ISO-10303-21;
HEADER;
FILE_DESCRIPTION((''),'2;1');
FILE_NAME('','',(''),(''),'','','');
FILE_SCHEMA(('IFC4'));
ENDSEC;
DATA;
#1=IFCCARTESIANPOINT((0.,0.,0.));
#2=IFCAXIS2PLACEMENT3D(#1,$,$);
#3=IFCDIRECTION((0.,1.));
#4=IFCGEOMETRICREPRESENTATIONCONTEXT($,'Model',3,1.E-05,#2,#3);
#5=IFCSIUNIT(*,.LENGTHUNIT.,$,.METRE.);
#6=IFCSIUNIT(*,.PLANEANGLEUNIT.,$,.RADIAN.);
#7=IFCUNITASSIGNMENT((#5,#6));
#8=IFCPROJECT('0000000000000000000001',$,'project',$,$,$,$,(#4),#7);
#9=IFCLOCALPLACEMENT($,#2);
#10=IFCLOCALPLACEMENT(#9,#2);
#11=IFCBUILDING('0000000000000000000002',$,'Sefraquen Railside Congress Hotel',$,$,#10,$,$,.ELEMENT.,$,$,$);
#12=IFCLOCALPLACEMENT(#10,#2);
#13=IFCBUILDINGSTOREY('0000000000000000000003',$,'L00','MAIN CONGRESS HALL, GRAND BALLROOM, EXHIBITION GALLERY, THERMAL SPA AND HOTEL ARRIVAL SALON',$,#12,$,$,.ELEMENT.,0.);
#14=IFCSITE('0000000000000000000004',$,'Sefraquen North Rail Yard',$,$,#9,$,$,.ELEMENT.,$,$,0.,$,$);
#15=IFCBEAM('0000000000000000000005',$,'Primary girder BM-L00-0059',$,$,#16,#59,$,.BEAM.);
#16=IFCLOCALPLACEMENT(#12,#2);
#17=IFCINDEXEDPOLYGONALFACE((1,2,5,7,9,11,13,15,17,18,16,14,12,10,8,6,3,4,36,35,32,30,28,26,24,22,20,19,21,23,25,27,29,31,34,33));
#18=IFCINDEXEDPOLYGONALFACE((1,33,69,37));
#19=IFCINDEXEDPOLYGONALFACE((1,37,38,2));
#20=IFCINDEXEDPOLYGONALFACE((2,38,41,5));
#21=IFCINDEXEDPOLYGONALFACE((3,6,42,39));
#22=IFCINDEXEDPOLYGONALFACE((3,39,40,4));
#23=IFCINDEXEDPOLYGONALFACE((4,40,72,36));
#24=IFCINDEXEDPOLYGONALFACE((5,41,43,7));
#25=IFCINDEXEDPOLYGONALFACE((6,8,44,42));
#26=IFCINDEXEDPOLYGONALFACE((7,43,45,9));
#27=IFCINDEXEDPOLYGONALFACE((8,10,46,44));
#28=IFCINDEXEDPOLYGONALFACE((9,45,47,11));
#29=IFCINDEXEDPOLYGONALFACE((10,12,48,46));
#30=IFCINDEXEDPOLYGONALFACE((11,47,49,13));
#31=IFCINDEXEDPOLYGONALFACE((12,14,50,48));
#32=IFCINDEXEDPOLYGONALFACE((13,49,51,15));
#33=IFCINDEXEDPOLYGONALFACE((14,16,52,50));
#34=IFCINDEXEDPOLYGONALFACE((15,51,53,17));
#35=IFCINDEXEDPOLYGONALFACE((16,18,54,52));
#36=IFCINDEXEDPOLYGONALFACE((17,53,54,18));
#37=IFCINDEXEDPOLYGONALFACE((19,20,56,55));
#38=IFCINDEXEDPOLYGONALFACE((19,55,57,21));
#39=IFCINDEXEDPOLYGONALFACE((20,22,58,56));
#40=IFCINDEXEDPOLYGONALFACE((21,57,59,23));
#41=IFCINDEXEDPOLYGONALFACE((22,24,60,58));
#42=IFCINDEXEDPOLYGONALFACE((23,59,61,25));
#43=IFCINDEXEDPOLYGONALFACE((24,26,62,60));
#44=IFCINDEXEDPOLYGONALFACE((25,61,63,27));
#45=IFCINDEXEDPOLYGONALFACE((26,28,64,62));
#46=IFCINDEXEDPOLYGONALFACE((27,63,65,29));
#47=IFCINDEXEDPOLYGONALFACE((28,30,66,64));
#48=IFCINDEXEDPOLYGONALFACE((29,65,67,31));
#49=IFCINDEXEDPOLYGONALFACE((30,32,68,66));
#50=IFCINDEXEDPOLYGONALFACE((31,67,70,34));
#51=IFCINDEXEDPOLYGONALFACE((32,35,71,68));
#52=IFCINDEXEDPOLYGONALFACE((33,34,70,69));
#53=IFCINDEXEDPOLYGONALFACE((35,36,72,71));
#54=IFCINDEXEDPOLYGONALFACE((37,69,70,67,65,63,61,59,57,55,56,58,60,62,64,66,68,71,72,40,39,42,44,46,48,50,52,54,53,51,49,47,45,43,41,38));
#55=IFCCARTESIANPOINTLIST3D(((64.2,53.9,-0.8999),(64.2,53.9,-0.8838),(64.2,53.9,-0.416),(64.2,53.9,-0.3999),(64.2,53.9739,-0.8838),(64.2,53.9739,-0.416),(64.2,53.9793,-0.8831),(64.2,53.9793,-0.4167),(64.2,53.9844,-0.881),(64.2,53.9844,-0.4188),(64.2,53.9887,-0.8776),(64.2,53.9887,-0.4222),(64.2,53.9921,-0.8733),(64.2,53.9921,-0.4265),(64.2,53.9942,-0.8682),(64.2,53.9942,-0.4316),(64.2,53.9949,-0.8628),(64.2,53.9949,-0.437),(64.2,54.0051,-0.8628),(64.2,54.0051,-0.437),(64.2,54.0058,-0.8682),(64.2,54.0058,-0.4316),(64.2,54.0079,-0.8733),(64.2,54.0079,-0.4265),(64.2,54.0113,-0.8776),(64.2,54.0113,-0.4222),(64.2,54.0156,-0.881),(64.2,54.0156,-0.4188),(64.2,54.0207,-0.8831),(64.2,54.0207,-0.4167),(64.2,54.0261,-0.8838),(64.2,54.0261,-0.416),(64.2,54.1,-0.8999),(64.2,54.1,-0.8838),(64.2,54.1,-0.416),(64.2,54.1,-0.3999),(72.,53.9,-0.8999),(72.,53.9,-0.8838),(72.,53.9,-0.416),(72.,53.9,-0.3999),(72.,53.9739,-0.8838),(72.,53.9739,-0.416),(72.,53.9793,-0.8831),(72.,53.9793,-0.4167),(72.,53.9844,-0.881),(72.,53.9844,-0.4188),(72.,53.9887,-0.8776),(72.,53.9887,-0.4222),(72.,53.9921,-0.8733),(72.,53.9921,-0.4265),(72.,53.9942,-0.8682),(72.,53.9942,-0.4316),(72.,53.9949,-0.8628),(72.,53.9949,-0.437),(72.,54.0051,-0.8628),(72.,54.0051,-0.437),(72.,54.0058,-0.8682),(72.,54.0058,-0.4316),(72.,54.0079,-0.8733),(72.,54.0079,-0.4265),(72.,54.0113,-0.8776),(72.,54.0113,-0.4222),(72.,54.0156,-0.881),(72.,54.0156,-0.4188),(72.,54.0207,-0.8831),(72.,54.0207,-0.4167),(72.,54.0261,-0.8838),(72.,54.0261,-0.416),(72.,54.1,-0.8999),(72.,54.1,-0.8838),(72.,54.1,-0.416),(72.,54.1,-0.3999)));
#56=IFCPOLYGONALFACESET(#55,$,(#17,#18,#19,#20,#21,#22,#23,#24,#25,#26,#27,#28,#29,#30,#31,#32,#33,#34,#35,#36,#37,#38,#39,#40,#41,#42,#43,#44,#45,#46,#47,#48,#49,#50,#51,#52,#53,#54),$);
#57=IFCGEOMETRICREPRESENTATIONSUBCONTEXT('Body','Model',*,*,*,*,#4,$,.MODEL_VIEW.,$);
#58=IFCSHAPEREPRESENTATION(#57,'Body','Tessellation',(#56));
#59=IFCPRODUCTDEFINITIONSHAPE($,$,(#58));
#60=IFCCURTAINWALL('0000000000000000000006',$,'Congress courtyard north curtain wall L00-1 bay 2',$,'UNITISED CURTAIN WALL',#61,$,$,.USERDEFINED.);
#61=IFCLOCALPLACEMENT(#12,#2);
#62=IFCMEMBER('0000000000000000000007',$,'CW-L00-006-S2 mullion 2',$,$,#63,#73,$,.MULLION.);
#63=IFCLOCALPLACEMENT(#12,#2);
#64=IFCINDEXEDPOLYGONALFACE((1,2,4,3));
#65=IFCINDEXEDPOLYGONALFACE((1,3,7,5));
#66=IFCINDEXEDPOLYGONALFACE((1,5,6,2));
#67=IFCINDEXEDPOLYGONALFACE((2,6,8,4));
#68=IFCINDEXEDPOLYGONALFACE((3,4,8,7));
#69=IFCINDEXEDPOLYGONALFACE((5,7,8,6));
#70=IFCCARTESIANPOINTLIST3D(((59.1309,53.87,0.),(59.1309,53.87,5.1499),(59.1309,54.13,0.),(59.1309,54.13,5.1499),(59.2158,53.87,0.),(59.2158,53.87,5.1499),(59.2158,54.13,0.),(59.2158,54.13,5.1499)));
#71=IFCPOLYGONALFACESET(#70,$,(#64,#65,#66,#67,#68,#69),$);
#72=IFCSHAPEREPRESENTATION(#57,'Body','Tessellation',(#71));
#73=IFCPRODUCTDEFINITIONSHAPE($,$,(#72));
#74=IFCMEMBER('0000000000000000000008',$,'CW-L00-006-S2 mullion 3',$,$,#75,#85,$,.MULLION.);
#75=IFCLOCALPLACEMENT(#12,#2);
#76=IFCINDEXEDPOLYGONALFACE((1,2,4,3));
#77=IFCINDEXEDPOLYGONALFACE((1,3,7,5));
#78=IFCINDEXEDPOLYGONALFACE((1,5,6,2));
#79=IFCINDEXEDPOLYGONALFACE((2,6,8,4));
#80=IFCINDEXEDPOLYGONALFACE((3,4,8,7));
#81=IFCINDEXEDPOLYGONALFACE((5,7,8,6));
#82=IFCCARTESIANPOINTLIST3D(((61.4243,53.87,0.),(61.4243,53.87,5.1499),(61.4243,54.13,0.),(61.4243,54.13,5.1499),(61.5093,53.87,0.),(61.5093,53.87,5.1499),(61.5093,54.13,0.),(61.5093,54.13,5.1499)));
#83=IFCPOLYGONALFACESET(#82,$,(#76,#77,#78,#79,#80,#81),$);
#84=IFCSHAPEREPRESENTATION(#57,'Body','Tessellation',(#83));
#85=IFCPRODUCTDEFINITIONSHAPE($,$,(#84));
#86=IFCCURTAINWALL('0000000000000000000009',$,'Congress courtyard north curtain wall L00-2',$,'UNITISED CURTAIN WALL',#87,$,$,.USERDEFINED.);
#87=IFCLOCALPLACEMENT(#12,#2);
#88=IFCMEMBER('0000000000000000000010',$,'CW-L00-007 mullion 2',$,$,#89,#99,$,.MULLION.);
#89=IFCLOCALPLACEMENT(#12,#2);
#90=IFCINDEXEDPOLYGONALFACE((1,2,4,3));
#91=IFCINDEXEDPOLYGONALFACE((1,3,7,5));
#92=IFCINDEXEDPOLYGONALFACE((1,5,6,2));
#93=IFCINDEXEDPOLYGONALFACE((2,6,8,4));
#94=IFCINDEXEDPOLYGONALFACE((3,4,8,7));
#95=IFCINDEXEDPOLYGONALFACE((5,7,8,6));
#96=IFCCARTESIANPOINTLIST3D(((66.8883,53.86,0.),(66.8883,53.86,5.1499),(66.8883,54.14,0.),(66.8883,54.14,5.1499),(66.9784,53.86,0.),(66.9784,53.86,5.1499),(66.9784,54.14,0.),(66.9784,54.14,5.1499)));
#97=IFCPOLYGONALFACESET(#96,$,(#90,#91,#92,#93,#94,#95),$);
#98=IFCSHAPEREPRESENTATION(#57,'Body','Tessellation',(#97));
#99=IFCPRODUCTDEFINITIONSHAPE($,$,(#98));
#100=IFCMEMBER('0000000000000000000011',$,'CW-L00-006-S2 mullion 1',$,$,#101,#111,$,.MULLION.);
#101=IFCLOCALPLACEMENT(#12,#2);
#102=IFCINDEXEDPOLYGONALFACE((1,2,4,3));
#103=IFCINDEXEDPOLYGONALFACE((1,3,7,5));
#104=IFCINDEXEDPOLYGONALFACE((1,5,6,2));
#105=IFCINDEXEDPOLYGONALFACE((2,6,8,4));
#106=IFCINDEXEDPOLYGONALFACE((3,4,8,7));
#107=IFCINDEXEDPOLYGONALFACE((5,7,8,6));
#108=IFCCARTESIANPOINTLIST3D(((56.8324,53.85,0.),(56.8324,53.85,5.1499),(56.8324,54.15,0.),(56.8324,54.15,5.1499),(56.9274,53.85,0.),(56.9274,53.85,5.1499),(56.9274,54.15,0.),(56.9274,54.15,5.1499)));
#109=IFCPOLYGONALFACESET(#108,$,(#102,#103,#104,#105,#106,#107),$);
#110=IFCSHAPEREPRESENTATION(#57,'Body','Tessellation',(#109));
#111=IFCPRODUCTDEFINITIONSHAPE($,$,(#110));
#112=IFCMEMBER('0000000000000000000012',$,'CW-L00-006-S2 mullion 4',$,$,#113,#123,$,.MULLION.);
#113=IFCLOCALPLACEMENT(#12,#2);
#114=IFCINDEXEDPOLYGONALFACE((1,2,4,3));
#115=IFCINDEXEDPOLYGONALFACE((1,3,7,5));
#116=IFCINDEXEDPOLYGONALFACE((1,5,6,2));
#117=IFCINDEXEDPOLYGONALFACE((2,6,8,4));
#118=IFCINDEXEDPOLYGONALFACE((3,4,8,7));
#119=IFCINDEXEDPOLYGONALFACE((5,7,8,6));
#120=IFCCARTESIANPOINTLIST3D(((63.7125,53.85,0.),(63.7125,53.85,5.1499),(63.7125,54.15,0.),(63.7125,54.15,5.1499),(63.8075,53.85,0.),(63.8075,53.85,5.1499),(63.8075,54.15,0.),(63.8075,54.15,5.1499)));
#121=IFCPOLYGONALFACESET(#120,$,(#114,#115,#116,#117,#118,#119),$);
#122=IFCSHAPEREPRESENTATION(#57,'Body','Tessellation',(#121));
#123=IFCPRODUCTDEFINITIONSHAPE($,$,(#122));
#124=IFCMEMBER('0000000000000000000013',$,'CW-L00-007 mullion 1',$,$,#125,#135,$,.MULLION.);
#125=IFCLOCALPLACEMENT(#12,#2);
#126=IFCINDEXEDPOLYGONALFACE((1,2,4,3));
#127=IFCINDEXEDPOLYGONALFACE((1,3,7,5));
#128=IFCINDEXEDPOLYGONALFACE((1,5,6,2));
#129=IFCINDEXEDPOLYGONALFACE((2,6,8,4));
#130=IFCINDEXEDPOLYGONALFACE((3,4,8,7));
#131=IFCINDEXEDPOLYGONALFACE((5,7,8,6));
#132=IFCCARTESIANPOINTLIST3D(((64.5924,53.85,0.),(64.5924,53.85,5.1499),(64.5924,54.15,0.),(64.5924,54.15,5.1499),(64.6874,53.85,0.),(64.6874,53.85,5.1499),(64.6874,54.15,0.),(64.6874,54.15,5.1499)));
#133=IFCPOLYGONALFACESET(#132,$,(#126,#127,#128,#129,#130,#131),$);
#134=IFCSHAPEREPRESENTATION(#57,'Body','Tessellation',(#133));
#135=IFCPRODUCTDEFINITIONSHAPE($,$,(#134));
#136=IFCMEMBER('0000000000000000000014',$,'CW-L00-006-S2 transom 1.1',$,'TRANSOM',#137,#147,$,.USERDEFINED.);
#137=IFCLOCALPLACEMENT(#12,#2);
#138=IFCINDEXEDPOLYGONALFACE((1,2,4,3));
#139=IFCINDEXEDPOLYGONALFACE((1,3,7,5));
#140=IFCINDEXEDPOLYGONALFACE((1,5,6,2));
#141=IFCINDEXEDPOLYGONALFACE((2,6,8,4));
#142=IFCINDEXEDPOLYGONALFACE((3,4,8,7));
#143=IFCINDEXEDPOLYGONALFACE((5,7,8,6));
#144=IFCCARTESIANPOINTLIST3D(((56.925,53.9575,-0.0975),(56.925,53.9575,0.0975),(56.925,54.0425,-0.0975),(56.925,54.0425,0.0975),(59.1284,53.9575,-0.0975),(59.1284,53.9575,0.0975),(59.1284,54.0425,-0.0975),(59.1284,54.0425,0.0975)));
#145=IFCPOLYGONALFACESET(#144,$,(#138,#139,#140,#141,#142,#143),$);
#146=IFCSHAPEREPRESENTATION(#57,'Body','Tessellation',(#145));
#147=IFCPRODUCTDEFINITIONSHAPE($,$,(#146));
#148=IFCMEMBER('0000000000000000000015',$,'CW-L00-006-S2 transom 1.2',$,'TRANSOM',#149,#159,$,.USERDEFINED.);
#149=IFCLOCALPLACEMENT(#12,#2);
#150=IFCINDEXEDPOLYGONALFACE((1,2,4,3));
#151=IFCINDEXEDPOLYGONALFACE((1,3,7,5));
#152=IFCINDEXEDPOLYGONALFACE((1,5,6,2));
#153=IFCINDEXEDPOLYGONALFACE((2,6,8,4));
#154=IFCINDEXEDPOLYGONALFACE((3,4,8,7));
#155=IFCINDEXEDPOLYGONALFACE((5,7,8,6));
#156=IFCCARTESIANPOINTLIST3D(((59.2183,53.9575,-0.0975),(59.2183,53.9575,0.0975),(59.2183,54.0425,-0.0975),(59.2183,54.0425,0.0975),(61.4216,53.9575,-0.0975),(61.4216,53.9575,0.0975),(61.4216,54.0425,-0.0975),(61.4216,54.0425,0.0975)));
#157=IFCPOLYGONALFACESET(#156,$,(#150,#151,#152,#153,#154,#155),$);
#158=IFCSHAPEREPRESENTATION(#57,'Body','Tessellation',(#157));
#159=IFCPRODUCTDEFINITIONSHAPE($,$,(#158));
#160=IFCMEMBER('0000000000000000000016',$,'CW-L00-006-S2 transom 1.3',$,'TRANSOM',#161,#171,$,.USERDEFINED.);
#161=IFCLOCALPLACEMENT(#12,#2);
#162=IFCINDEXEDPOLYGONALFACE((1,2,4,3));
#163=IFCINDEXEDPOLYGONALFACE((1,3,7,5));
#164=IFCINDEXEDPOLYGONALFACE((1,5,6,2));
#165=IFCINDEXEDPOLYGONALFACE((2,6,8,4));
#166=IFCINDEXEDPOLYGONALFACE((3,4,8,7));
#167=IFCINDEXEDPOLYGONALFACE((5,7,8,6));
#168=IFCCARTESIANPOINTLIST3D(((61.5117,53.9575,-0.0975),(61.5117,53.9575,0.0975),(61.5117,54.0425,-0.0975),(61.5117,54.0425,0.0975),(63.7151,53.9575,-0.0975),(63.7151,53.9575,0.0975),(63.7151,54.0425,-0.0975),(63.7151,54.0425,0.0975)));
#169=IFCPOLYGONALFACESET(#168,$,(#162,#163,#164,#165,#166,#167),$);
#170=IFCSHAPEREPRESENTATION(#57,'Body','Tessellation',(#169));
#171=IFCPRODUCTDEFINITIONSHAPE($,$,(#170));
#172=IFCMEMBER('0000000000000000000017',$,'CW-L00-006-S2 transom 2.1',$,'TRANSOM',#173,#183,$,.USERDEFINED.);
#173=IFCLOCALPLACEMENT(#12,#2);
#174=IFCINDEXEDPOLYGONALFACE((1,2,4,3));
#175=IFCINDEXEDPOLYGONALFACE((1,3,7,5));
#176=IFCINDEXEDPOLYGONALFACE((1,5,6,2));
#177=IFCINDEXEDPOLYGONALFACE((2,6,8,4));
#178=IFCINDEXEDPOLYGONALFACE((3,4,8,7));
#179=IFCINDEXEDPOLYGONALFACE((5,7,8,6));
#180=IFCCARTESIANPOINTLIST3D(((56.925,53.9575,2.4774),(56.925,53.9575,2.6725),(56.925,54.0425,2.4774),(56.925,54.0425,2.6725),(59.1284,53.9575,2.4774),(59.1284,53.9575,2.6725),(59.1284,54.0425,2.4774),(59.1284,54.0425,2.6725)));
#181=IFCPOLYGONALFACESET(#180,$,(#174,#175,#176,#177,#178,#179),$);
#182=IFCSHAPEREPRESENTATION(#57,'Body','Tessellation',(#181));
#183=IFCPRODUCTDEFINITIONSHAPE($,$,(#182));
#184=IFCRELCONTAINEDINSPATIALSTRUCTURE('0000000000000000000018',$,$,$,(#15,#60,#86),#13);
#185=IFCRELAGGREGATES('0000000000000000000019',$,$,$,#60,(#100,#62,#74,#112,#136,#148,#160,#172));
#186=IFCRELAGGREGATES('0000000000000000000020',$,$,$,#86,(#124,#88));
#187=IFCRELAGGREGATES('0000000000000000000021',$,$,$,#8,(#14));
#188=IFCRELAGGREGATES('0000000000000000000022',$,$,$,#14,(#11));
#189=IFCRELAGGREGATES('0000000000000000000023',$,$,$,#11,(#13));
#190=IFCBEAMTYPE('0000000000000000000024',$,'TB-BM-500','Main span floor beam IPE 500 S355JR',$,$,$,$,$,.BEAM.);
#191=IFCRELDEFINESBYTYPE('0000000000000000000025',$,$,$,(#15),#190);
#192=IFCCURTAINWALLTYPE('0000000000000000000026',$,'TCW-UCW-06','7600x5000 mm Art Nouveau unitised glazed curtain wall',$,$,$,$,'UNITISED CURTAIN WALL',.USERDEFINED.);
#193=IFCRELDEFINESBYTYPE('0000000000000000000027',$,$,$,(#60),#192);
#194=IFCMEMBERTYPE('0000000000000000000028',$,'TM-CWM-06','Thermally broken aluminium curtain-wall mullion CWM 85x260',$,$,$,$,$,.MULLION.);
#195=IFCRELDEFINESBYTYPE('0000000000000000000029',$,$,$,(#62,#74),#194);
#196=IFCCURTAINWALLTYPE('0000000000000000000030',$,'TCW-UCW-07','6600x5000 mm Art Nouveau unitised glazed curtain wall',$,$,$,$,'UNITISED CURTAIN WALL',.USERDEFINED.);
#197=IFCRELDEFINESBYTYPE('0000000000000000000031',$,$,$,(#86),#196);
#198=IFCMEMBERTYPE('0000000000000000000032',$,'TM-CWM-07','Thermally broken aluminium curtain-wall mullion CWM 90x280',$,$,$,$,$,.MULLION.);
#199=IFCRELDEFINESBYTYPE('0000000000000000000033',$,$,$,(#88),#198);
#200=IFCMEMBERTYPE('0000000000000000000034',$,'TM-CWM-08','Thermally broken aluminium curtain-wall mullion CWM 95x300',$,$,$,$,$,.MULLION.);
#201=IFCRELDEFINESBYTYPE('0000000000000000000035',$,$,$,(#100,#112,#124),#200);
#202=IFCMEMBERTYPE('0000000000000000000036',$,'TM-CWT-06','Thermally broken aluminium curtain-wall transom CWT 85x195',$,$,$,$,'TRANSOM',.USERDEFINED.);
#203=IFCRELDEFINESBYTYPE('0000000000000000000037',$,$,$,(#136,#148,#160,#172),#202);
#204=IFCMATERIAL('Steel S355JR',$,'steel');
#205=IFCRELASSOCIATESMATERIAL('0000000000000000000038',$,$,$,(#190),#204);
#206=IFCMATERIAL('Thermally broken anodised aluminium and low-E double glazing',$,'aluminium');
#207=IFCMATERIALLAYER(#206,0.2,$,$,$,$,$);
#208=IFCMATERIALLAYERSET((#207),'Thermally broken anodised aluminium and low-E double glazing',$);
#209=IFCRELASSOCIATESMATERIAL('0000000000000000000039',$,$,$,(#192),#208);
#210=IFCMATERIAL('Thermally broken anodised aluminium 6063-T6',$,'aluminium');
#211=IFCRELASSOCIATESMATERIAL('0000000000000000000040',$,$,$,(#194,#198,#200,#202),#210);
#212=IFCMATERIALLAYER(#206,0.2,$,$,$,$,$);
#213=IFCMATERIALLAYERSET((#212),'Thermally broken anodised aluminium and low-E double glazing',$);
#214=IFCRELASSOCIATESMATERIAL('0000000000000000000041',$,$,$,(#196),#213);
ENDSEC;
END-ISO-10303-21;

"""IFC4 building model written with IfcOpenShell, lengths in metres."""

from ifc_helpers import new_model, si_unit, direction, frame, origin, origin_2d, place, context, subcontext, project, spatial, rectangle, i_section, extrude, material, layer, layer_set, material_profile, profile_set, type_object, element, aggregate, save


model = new_model("IFC4")

# Units and contexts
model_context = context("Model", 3, precision=1e-05, world=origin(), true_north=direction((0.0, 1.0)))
body_context = subcontext(model_context, "Body", "Model", "MODEL_VIEW")
ifc_project = project(units=[si_unit("LENGTHUNIT", "METRE"), si_unit("PLANEANGLEUNIT", "RADIAN")], contexts=[model_context])

# Site, building, storey
site_placement = place(None, origin())
site = spatial("IfcSite", under=ifc_project, at=site_placement, Name="Sefraquen North Rail Yard", CompositionType="ELEMENT", RefElevation=0.0)
building_placement = place(site_placement, origin())
building = spatial("IfcBuilding", under=site, at=building_placement, Name="Sefraquen Railside Congress Hotel", CompositionType="ELEMENT")
storey_placement = place(building_placement, origin())
storey = spatial("IfcBuildingStorey", under=building, at=storey_placement, Name="L00", Description="MAIN CONGRESS HALL, GRAND BALLROOM, EXHIBITION GALLERY, THERMAL SPA AND HOTEL ARRIVAL SALON", CompositionType="ELEMENT", Elevation=0.0)

# Shared definitions
ifc_material_1 = material(Name="Steel S355JR", Category="steel")

# Beam
ifc_material_profile_1 = material_profile(ifc_material_1, i_section(OverallWidth=0.2, OverallDepth=0.5, WebThickness=0.0103, FlangeThickness=0.0161, FilletRadius=0.021, at=origin_2d()), Name="IPE 500")
ifc_profile_set_1 = profile_set([ifc_material_profile_1], Name="Steel S355JR")
beam_type_1 = type_object("IfcBeamType", Name="TB-BM-500", Description="Main span floor beam IPE 500 S355JR", PredefinedType="BEAM", material=ifc_profile_set_1)
beam_1_placement = place(storey_placement, frame((64.2, 54.0, -0.6499), z_axis=(1.0, 0.0, 0.0), x_axis=(0.0, 1.0, 0.0)))
element("IfcBeam", 1, at=beam_1_placement, inside=storey, type_object=beam_type_1, Name="Primary girder BM-L00-0059", PredefinedType="BEAM", context=body_context, shape_type="SweptSolid", body=[
    extrude(i_section(OverallWidth=0.2, OverallDepth=0.5, WebThickness=0.0103, FlangeThickness=0.0161, FilletRadius=0.021, at=origin_2d()), origin(), (0.0, 0.0, 1.0), 7.8),
])

# Curtain wall, members
ifc_material_2 = material(Name="Thermally broken anodised aluminium and low-E double glazing", Category="aluminium")
ifc_layer_1 = layer(ifc_material_2, 0.2)
ifc_layer_set_1 = layer_set([ifc_layer_1], Name="Thermally broken anodised aluminium and low-E double glazing")
curtain_wall_type_1 = type_object("IfcCurtainWallType", Name="TCW-UCW-06", Description="7600x5000 mm Art Nouveau unitised glazed curtain wall", ElementType="UNITISED CURTAIN WALL", PredefinedType="USERDEFINED", material=ifc_layer_set_1)
curtain_wall_1_placement = place(storey_placement, origin())
curtain_wall_1 = element("IfcCurtainWall", 2, at=curtain_wall_1_placement, inside=storey, type_object=curtain_wall_type_1, Name="Congress courtyard north curtain wall L00-1 bay 2", ObjectType="UNITISED CURTAIN WALL", PredefinedType="USERDEFINED")
ifc_material_3 = material(Name="Thermally broken anodised aluminium 6063-T6", Category="aluminium")
ifc_material_profile_2 = material_profile(ifc_material_3, rectangle(XDim=0.085, YDim=0.26, at=origin_2d()), Name="CWM 85x260")
ifc_profile_set_2 = profile_set([ifc_material_profile_2], Name="Thermally broken anodised aluminium 6063-T6")
member_type_1 = type_object("IfcMemberType", Name="TM-CWM-06", Description="Thermally broken aluminium curtain-wall mullion CWM 85x260", PredefinedType="MULLION", material=ifc_profile_set_2)
member_1_placement = place(storey_placement, frame((59.1733, 54.0, 0.0), z_axis=(0.0, 0.0, 1.0), x_axis=(1.0, 0.0, 0.0)))
member_1 = element("IfcMember", 3, at=member_1_placement, type_object=member_type_1, Name="CW-L00-006-S2 mullion 2", PredefinedType="MULLION", context=body_context, shape_type="SweptSolid", body=[
    extrude(rectangle(XDim=0.085, YDim=0.26, at=origin_2d()), origin(), (0.0, 0.0, 1.0), 5.1499),
])
member_2_placement = place(storey_placement, frame((61.4668, 54.0, 0.0), z_axis=(0.0, 0.0, 1.0), x_axis=(1.0, 0.0, 0.0)))
member_2 = element("IfcMember", 4, at=member_2_placement, type_object=member_type_1, Name="CW-L00-006-S2 mullion 3", PredefinedType="MULLION", context=body_context, shape_type="SweptSolid", body=[
    extrude(rectangle(XDim=0.085, YDim=0.26, at=origin_2d()), origin(), (0.0, 0.0, 1.0), 5.1499),
])

# Curtain wall, member
ifc_layer_2 = layer(ifc_material_2, 0.2)
ifc_layer_set_2 = layer_set([ifc_layer_2], Name="Thermally broken anodised aluminium and low-E double glazing")
curtain_wall_type_2 = type_object("IfcCurtainWallType", Name="TCW-UCW-07", Description="6600x5000 mm Art Nouveau unitised glazed curtain wall", ElementType="UNITISED CURTAIN WALL", PredefinedType="USERDEFINED", material=ifc_layer_set_2)
curtain_wall_2_placement = place(storey_placement, origin())
curtain_wall_2 = element("IfcCurtainWall", 5, at=curtain_wall_2_placement, inside=storey, type_object=curtain_wall_type_2, Name="Congress courtyard north curtain wall L00-2", ObjectType="UNITISED CURTAIN WALL", PredefinedType="USERDEFINED")
ifc_material_profile_3 = material_profile(ifc_material_3, rectangle(XDim=0.0901, YDim=0.28, at=origin_2d()), Name="CWM 90x280")
ifc_profile_set_3 = profile_set([ifc_material_profile_3], Name="Thermally broken anodised aluminium 6063-T6")
member_type_2 = type_object("IfcMemberType", Name="TM-CWM-07", Description="Thermally broken aluminium curtain-wall mullion CWM 90x280", PredefinedType="MULLION", material=ifc_profile_set_3)
member_3_placement = place(storey_placement, frame((66.9333, 54.0, 0.0), z_axis=(0.0, 0.0, 1.0), x_axis=(1.0, 0.0, 0.0)))
member_3 = element("IfcMember", 6, at=member_3_placement, type_object=member_type_2, Name="CW-L00-007 mullion 2", PredefinedType="MULLION", context=body_context, shape_type="SweptSolid", body=[
    extrude(rectangle(XDim=0.0901, YDim=0.28, at=origin_2d()), origin(), (0.0, 0.0, 1.0), 5.1499),
])

# Members
ifc_material_profile_4 = material_profile(ifc_material_3, rectangle(XDim=0.095, YDim=0.3, at=origin_2d()), Name="CWM 95x300")
ifc_profile_set_4 = profile_set([ifc_material_profile_4], Name="Thermally broken anodised aluminium 6063-T6")
member_type_3 = type_object("IfcMemberType", Name="TM-CWM-08", Description="Thermally broken aluminium curtain-wall mullion CWM 95x300", PredefinedType="MULLION", material=ifc_profile_set_4)
member_4_placement = place(storey_placement, frame((56.8799, 54.0, 0.0), z_axis=(0.0, 0.0, 1.0), x_axis=(1.0, 0.0, 0.0)))
member_4 = element("IfcMember", 7, at=member_4_placement, type_object=member_type_3, Name="CW-L00-006-S2 mullion 1", PredefinedType="MULLION", context=body_context, shape_type="SweptSolid", body=[
    extrude(rectangle(XDim=0.095, YDim=0.3, at=origin_2d()), origin(), (0.0, 0.0, 1.0), 5.1499),
])
member_5_placement = place(storey_placement, frame((63.76, 54.0, 0.0), z_axis=(0.0, 0.0, 1.0), x_axis=(1.0, 0.0, 0.0)))
member_5 = element("IfcMember", 8, at=member_5_placement, type_object=member_type_3, Name="CW-L00-006-S2 mullion 4", PredefinedType="MULLION", context=body_context, shape_type="SweptSolid", body=[
    extrude(rectangle(XDim=0.095, YDim=0.3, at=origin_2d()), origin(), (0.0, 0.0, 1.0), 5.1499),
])
member_6_placement = place(storey_placement, frame((64.6399, 54.0, 0.0), z_axis=(0.0, 0.0, 1.0), x_axis=(1.0, 0.0, 0.0)))
member_6 = element("IfcMember", 9, at=member_6_placement, type_object=member_type_3, Name="CW-L00-007 mullion 1", PredefinedType="MULLION", context=body_context, shape_type="SweptSolid", body=[
    extrude(rectangle(XDim=0.095, YDim=0.3, at=origin_2d()), origin(), (0.0, 0.0, 1.0), 5.1499),
])
ifc_material_profile_5 = material_profile(ifc_material_3, rectangle(XDim=0.085, YDim=0.1951, at=origin_2d()), Name="CWT 85x195")
ifc_profile_set_5 = profile_set([ifc_material_profile_5], Name="Thermally broken anodised aluminium 6063-T6")
member_type_4 = type_object("IfcMemberType", Name="TM-CWT-06", Description="Thermally broken aluminium curtain-wall transom CWT 85x195", ElementType="TRANSOM", PredefinedType="USERDEFINED", material=ifc_profile_set_5)
member_7_placement = place(storey_placement, frame((56.925, 54.0, 0.0), z_axis=(1.0, 0.0, 0.0), x_axis=(0.0, 1.0, 0.0)))
member_7 = element("IfcMember", 10, at=member_7_placement, type_object=member_type_4, Name="CW-L00-006-S2 transom 1.1", ObjectType="TRANSOM", PredefinedType="USERDEFINED", context=body_context, shape_type="SweptSolid", body=[
    extrude(rectangle(XDim=0.085, YDim=0.1951, at=origin_2d()), origin(), (0.0, 0.0, 1.0), 2.2034),
])
member_8_placement = place(storey_placement, frame((59.2183, 54.0, 0.0), z_axis=(1.0, 0.0, 0.0), x_axis=(0.0, 1.0, 0.0)))
member_8 = element("IfcMember", 11, at=member_8_placement, type_object=member_type_4, Name="CW-L00-006-S2 transom 1.2", ObjectType="TRANSOM", PredefinedType="USERDEFINED", context=body_context, shape_type="SweptSolid", body=[
    extrude(rectangle(XDim=0.085, YDim=0.1951, at=origin_2d()), origin(), (0.0, 0.0, 1.0), 2.2034),
])
member_9_placement = place(storey_placement, frame((61.5117, 54.0, 0.0), z_axis=(1.0, 0.0, 0.0), x_axis=(0.0, 1.0, 0.0)))
member_9 = element("IfcMember", 12, at=member_9_placement, type_object=member_type_4, Name="CW-L00-006-S2 transom 1.3", ObjectType="TRANSOM", PredefinedType="USERDEFINED", context=body_context, shape_type="SweptSolid", body=[
    extrude(rectangle(XDim=0.085, YDim=0.1951, at=origin_2d()), origin(), (0.0, 0.0, 1.0), 2.2034),
])
member_10_placement = place(storey_placement, frame((56.925, 54.0, 2.575), z_axis=(1.0, 0.0, 0.0), x_axis=(0.0, 1.0, 0.0)))
member_10 = element("IfcMember", 13, at=member_10_placement, type_object=member_type_4, Name="CW-L00-006-S2 transom 2.1", ObjectType="TRANSOM", PredefinedType="USERDEFINED", context=body_context, shape_type="SweptSolid", body=[
    extrude(rectangle(XDim=0.085, YDim=0.1951, at=origin_2d()), origin(), (0.0, 0.0, 1.0), 2.2034),
])

aggregate(curtain_wall_1, [member_4, member_1, member_2, member_5, member_7, member_8, member_9, member_10])
aggregate(curtain_wall_2, [member_6, member_3])

save(model, "model.ifc")
